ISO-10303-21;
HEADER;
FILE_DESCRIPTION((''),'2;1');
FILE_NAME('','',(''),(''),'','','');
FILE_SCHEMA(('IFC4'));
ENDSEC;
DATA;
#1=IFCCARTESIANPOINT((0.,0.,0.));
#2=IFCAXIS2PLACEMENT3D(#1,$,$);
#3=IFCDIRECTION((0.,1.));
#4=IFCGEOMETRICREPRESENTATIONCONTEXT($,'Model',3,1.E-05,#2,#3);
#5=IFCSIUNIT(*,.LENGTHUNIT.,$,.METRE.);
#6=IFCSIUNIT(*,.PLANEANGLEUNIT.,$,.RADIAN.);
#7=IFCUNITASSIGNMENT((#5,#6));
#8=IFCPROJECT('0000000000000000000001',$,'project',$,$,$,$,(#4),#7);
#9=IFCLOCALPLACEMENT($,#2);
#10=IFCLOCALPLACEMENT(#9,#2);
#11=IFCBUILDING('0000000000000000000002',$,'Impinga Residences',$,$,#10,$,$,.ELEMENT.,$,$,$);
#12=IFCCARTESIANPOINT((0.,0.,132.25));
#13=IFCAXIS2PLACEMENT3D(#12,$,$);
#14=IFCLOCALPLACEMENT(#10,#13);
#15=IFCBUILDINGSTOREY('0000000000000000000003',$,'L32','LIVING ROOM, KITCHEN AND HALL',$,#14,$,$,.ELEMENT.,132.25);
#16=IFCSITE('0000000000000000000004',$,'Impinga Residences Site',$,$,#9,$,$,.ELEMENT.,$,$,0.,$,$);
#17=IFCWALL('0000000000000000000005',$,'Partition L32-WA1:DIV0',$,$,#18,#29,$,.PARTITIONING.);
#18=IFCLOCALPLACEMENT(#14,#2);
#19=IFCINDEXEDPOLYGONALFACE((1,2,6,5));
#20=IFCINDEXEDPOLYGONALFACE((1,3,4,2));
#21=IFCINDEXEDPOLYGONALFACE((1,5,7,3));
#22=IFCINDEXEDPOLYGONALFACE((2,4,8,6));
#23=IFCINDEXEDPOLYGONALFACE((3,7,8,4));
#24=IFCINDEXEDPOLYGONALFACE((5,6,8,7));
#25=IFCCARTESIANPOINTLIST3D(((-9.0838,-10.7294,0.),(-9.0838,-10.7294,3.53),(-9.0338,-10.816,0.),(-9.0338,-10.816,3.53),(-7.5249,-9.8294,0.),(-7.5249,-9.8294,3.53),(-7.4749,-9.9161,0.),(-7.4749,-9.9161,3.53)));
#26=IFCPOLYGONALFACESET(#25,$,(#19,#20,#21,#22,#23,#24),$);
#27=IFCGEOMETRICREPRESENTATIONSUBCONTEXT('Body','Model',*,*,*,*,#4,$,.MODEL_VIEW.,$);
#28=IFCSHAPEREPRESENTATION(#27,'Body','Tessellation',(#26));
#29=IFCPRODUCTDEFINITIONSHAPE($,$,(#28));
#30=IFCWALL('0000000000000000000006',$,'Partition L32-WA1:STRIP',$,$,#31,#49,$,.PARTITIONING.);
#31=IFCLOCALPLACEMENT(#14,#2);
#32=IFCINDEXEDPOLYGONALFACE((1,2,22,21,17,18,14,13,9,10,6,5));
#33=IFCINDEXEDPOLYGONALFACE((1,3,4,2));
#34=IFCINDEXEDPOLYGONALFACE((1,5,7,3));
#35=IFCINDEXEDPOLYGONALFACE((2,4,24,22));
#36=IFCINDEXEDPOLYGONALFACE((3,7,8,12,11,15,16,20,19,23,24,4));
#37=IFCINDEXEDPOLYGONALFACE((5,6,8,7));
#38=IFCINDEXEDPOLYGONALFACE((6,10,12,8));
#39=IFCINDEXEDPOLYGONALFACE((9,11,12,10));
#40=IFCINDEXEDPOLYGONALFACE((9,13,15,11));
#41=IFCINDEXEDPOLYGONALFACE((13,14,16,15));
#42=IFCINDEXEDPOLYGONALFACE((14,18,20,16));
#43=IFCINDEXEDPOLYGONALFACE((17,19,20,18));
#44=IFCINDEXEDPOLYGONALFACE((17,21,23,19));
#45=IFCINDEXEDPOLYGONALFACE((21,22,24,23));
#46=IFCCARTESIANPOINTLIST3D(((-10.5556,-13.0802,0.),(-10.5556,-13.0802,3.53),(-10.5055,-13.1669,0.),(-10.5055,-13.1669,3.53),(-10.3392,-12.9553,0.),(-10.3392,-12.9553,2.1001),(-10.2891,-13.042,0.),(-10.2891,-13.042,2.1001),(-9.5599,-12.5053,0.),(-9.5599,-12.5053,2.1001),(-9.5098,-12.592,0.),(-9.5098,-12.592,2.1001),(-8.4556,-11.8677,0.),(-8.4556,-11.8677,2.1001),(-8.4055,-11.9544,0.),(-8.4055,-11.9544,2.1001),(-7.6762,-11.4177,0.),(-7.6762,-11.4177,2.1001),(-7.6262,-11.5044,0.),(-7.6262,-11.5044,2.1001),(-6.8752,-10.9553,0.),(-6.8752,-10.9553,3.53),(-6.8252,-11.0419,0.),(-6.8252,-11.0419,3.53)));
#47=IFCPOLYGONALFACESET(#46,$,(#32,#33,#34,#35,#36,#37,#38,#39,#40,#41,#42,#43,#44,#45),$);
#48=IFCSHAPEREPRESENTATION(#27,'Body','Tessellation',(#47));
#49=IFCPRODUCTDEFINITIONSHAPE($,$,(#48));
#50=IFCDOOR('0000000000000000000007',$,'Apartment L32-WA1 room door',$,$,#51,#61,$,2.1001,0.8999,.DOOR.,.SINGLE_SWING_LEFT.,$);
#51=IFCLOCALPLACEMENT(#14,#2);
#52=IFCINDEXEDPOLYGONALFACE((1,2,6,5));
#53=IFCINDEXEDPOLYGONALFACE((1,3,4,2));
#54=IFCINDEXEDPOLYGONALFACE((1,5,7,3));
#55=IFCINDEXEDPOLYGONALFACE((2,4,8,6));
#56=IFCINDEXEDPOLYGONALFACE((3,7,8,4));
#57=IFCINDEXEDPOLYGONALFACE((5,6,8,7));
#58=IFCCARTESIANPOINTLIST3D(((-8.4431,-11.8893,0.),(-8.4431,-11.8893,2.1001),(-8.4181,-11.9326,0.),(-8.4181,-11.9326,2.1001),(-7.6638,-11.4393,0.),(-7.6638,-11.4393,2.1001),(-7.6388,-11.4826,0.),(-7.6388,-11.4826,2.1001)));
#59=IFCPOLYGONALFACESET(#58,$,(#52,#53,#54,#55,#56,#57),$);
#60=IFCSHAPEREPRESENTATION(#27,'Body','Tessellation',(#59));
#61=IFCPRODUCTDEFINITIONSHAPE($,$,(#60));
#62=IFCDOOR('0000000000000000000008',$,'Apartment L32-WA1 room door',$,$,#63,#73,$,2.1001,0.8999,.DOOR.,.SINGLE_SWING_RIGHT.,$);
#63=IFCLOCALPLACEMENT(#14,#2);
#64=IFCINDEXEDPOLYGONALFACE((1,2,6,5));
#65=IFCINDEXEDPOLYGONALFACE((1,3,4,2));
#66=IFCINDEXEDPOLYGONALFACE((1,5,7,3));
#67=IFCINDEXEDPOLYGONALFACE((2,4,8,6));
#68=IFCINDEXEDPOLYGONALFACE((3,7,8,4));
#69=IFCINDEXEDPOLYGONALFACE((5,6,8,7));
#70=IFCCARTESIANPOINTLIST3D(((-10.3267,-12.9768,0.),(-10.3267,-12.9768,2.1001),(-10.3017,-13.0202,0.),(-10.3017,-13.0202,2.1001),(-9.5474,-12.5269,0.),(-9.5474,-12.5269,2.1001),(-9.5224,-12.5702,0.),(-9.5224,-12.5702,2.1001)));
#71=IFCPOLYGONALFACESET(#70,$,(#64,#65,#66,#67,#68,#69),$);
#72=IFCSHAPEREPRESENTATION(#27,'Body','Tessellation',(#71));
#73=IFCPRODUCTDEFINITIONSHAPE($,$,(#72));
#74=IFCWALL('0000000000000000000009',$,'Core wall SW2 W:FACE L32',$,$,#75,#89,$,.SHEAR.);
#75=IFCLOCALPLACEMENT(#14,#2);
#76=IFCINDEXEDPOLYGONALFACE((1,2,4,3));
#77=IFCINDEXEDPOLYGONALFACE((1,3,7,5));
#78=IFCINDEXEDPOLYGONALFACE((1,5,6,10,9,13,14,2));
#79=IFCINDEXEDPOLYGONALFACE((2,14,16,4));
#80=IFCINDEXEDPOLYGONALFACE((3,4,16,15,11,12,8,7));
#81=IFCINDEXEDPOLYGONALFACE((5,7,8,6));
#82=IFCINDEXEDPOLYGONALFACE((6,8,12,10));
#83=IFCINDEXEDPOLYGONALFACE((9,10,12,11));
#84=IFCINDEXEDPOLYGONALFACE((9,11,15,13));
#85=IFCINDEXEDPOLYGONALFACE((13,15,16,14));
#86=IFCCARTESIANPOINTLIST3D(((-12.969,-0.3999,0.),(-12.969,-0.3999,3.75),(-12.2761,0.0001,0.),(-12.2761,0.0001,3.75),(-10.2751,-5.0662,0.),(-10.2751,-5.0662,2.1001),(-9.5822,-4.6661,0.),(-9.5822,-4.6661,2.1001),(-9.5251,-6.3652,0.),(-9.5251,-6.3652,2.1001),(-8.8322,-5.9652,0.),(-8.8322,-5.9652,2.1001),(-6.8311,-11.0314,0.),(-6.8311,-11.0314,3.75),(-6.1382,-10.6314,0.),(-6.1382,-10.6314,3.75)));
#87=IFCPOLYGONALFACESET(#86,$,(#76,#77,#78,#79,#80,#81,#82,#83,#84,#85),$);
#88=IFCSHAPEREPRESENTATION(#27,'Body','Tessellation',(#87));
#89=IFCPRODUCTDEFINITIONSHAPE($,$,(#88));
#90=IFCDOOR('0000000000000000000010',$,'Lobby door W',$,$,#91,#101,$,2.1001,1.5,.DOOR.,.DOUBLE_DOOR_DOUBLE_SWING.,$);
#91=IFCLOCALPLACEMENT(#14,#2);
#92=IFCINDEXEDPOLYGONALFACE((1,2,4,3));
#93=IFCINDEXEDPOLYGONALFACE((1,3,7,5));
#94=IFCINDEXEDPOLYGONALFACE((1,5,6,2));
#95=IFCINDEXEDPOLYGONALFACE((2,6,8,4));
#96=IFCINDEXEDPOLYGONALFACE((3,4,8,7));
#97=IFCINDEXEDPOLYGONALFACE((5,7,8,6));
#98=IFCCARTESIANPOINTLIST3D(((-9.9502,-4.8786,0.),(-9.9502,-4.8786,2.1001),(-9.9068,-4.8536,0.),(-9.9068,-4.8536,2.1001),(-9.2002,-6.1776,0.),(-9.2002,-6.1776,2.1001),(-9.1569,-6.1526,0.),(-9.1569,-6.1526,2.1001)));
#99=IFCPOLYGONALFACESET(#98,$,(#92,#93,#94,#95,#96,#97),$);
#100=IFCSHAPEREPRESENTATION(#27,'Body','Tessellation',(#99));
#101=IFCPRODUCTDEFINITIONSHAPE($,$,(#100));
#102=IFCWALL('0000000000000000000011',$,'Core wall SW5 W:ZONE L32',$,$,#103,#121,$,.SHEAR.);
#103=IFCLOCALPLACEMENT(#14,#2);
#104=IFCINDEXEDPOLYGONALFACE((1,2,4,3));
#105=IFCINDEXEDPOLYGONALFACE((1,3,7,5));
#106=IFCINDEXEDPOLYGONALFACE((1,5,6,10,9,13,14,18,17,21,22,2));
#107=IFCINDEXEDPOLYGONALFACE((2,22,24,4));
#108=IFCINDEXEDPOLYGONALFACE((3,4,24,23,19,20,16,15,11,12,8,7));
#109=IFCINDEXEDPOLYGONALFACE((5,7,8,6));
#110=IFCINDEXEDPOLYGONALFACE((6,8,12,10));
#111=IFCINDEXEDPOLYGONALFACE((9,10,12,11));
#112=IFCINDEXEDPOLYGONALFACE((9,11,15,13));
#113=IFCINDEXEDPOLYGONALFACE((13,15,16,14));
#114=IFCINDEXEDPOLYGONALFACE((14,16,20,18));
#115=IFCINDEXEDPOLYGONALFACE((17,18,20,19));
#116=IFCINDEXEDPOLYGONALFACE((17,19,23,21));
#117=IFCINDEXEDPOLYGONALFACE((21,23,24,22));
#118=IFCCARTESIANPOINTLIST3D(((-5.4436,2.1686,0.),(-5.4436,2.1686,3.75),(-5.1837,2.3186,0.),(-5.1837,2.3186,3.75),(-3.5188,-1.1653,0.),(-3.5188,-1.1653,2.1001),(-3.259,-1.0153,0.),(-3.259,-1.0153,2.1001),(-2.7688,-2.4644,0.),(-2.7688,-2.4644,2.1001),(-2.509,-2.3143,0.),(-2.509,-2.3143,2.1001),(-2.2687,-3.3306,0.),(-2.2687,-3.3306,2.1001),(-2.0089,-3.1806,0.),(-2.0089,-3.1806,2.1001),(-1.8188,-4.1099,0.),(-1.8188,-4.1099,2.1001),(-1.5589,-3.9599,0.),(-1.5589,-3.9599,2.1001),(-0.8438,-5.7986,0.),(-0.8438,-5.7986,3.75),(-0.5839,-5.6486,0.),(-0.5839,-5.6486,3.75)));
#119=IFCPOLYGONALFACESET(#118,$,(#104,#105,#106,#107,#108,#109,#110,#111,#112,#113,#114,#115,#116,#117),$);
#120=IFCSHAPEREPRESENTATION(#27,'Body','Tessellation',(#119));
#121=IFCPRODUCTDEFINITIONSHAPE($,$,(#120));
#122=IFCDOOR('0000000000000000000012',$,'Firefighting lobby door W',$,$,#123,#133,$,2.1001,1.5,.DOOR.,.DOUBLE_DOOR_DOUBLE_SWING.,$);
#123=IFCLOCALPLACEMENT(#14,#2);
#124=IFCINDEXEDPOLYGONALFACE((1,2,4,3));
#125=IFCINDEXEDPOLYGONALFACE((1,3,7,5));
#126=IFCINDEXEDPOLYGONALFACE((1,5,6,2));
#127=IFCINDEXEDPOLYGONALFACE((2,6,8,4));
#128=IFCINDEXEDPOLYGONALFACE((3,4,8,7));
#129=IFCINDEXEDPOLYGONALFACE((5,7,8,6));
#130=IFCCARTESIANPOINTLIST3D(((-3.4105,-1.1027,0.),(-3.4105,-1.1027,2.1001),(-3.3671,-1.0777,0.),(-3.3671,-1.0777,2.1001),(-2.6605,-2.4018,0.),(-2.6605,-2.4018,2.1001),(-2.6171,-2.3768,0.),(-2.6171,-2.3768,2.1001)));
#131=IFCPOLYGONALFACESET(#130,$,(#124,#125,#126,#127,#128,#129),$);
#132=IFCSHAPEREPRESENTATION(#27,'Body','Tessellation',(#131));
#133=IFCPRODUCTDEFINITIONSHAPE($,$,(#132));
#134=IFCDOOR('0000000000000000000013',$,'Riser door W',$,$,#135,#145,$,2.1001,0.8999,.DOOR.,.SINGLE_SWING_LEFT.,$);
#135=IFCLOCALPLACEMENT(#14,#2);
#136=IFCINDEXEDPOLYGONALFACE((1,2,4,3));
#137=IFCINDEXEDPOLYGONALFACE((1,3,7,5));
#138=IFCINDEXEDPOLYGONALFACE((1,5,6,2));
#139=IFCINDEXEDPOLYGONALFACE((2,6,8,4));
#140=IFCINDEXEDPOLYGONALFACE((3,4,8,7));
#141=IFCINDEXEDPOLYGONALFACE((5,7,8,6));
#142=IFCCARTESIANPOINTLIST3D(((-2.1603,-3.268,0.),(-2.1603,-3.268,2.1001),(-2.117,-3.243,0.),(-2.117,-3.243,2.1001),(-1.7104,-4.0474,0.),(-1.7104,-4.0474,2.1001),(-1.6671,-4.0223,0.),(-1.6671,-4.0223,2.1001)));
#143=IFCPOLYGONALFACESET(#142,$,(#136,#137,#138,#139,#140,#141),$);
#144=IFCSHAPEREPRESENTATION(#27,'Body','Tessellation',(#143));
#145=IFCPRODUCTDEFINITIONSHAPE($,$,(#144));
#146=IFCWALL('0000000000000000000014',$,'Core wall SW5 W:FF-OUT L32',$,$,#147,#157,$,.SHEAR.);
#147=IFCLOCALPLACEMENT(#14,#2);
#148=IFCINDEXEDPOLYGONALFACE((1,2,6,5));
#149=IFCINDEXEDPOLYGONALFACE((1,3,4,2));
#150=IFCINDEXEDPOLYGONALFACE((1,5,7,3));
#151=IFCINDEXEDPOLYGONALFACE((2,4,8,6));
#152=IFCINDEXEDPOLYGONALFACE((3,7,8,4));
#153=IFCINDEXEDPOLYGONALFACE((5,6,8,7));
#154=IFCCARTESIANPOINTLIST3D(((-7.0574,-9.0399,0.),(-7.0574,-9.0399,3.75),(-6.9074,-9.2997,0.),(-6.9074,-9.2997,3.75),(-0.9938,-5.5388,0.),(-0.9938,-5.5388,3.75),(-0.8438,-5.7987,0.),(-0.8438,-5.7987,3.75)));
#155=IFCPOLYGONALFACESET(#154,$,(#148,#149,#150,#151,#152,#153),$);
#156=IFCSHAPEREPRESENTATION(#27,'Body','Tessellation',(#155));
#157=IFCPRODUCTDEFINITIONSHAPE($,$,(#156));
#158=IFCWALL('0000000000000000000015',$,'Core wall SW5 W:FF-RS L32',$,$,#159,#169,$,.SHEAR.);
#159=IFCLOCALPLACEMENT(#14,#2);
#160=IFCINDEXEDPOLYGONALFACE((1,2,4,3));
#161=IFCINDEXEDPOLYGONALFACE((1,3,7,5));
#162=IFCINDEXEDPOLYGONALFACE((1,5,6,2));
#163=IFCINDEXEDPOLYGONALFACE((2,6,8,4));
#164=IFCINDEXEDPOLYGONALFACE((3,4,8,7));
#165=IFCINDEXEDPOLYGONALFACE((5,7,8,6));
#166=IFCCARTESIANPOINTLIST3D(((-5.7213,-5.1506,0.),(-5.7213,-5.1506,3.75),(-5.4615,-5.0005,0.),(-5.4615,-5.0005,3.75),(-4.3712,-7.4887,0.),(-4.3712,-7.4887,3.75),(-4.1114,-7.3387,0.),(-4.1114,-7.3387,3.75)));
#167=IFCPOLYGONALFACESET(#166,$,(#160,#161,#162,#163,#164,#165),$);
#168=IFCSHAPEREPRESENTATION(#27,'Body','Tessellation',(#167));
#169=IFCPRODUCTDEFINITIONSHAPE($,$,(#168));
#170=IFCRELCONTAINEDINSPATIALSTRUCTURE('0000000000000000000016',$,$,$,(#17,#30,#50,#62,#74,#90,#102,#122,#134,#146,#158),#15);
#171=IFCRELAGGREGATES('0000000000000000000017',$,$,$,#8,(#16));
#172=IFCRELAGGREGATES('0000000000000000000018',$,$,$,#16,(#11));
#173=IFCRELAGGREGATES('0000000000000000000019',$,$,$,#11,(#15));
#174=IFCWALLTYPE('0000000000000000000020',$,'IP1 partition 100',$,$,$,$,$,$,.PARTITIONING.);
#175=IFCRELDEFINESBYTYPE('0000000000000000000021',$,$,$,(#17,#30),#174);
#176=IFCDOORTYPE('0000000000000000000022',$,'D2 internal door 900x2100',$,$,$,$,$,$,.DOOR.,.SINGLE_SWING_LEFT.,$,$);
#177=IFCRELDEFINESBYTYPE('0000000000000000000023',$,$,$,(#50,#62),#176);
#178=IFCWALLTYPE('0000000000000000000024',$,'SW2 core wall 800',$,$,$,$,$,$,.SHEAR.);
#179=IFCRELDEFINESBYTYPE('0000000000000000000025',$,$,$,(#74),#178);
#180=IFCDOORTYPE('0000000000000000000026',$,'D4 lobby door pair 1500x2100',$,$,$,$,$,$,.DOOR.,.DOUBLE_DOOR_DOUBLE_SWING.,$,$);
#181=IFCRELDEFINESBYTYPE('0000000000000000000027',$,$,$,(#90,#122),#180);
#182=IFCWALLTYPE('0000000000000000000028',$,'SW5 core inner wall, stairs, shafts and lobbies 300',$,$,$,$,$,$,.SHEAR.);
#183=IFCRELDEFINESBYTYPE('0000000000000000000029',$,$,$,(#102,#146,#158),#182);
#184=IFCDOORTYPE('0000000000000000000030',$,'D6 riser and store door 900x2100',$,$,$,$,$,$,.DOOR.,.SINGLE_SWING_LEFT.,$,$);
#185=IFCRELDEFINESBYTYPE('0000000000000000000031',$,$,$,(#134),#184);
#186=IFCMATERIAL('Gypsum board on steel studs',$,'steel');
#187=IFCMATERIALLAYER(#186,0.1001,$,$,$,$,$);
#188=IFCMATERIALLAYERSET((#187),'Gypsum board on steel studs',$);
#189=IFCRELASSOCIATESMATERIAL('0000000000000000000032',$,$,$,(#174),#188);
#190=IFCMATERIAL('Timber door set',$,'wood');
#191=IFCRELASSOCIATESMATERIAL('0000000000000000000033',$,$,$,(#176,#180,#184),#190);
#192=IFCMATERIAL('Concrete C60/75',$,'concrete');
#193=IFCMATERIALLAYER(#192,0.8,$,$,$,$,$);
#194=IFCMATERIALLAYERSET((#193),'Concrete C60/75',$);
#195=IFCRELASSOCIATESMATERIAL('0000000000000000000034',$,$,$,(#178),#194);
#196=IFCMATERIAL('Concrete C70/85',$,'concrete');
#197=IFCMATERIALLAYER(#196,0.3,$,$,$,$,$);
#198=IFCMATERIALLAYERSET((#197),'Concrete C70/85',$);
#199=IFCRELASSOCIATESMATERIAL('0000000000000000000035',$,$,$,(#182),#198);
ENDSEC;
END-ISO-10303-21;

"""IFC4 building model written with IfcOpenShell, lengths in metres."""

from ifc_helpers import new_model, si_unit, direction, frame, frame_2d, origin, place, context, subcontext, project, spatial, rectangle, extrude, material, layer, layer_set, type_object, element, fill, save


model = new_model("IFC4")

# Units and contexts
model_context = context("Model", 3, precision=1e-05, world=origin(), true_north=direction((0.0, 1.0)))
body_context = subcontext(model_context, "Body", "Model", "MODEL_VIEW")
ifc_project = project(units=[si_unit("LENGTHUNIT", "METRE"), si_unit("PLANEANGLEUNIT", "RADIAN")], contexts=[model_context])

# Site, building, storey
site_placement = place(None, origin())
site = spatial("IfcSite", under=ifc_project, at=site_placement, Name="Impinga Residences Site", CompositionType="ELEMENT", RefElevation=0.0)
building_placement = place(site_placement, origin())
building = spatial("IfcBuilding", under=site, at=building_placement, Name="Impinga Residences", CompositionType="ELEMENT")
storey_placement = place(building_placement, frame((0.0, 0.0, 132.25)))
storey = spatial("IfcBuildingStorey", under=building, at=storey_placement, Name="L32", Description="LIVING ROOM, KITCHEN AND HALL", CompositionType="ELEMENT", Elevation=132.25)

# Shared definitions
ifc_material_1 = material(Name="Concrete C60/75", Category="concrete")

# Wall
ifc_material_2 = material(Name="Gypsum board on steel studs", Category="steel")
ifc_layer_1 = layer(ifc_material_2, 0.1001)
ifc_layer_set_1 = layer_set([ifc_layer_1], Name="Gypsum board on steel studs")
wall_type_1 = type_object("IfcWallType", Name="IP1 partition 100", PredefinedType="PARTITIONING", material=ifc_layer_set_1)
wall_1_placement = place(storey_placement, frame((-7.5, -9.8728, 0.0), z_axis=(0.0, 0.0, 1.0), x_axis=(-0.866048, -0.499961, 0.0)))
element("IfcWall", 1, at=wall_1_placement, inside=storey, type_object=wall_type_1, Name="Partition L32-WA1:DIV0", PredefinedType="PARTITIONING", context=body_context, shape_type="SweptSolid", body=[
    extrude(rectangle(XDim=1.8, YDim=0.1001, at=frame_2d((0.8999, 0.0))), origin(), (0.0, 0.0, 1.0), 3.53),
])

# Wall, openings, doors
wall_2_placement = place(storey_placement, frame((-6.8501, -10.9985, 0.0), z_axis=(0.0, 0.0, 1.0), x_axis=(-0.866014, -0.500019, 0.0)))
wall_2 = element("IfcWall", 2, at=wall_2_placement, inside=storey, type_object=wall_type_1, Name="Partition L32-WA1:STRIP", PredefinedType="PARTITIONING", context=body_context, shape_type="SweptSolid", body=[
    extrude(rectangle(XDim=4.2498, YDim=0.1001, at=frame_2d((2.125, 0.0))), origin(), (0.0, 0.0, 1.0), 3.53),
])
opening_1_placement = place(wall_2_placement, frame((0.925, 0.0, 0.0)))
opening_1 = element("IfcOpeningElement", 3, at=opening_1_placement, cuts=wall_2, PredefinedType="OPENING", context=body_context, shape_type="SweptSolid", body=[
    extrude(rectangle(XDim=0.8999, YDim=2.1001, at=frame_2d((0.45, 1.05))), frame((0.0, 0.0601, 0.0), z_axis=(0.0, -1.0, 0.0), x_axis=(1.0, 0.0, 0.0)), (0.0, 0.0, 1.0), 0.1201),
])
opening_2_placement = place(wall_2_placement, frame((3.1001, 0.0, 0.0)))
opening_2 = element("IfcOpeningElement", 4, at=opening_2_placement, cuts=wall_2, PredefinedType="OPENING", context=body_context, shape_type="SweptSolid", body=[
    extrude(rectangle(XDim=0.8999, YDim=2.1001, at=frame_2d((0.45, 1.05))), frame((0.0, 0.0601, 0.0), z_axis=(0.0, -1.0, 0.0), x_axis=(1.0, 0.0, 0.0)), (0.0, 0.0, 1.0), 0.1201),
])
ifc_material_3 = material(Name="Timber door set", Category="wood")
door_type_1 = type_object("IfcDoorType", Name="D2 internal door 900x2100", OperationType="SINGLE_SWING_LEFT", PredefinedType="DOOR", material=ifc_material_3)
door_1_placement = place(opening_1_placement, origin())
door_1 = element("IfcDoor", 5, at=door_1_placement, inside=storey, type_object=door_type_1, Name="Apartment L32-WA1 room door", OperationType="SINGLE_SWING_LEFT", OverallHeight=2.1001, OverallWidth=0.8999, PredefinedType="DOOR", context=body_context, shape_type="SweptSolid", body=[
    extrude(rectangle(XDim=0.8999, YDim=2.1001, at=frame_2d((0.45, 1.05))), frame((0.0, 0.0249, 0.0), z_axis=(0.0, -1.0, 0.0), x_axis=(1.0, 0.0, 0.0)), (0.0, 0.0, 1.0), 0.05),
])
fill(opening_1, door_1)
door_2_placement = place(opening_2_placement, origin())
door_2 = element("IfcDoor", 6, at=door_2_placement, inside=storey, type_object=door_type_1, Name="Apartment L32-WA1 room door", OperationType="SINGLE_SWING_RIGHT", OverallHeight=2.1001, OverallWidth=0.8999, PredefinedType="DOOR", context=body_context, shape_type="SweptSolid", body=[
    extrude(rectangle(XDim=0.8999, YDim=2.1001, at=frame_2d((0.45, 1.05))), frame((0.0, 0.0249, 0.0), z_axis=(0.0, -1.0, 0.0), x_axis=(1.0, 0.0, 0.0)), (0.0, 0.0, 1.0), 0.05),
])
fill(opening_2, door_2)

# Wall, opening, door
ifc_layer_2 = layer(ifc_material_1, 0.8)
ifc_layer_set_2 = layer_set([ifc_layer_2], Name="Concrete C60/75")
wall_type_2 = type_object("IfcWallType", Name="SW2 core wall 800", PredefinedType="SHEAR", material=ifc_layer_set_2)
wall_3_placement = place(storey_placement, frame((-6.4846, -10.8315, 0.0), z_axis=(0.0, 0.0, 1.0), x_axis=(-0.499987, 0.866033, 0.0)))
wall_3 = element("IfcWall", 7, at=wall_3_placement, inside=storey, type_object=wall_type_2, Name="Core wall SW2 W:FACE L32", PredefinedType="SHEAR", context=body_context, shape_type="SweptSolid", body=[
    extrude(rectangle(XDim=12.2761, YDim=0.8, at=frame_2d((6.1382, 0.0))), origin(), (0.0, 0.0, 1.0), 3.75),
])
opening_3_placement = place(wall_3_placement, frame((5.3882, 0.0, 0.0)))
opening_3 = element("IfcOpeningElement", 8, at=opening_3_placement, cuts=wall_3, PredefinedType="OPENING", context=body_context, shape_type="SweptSolid", body=[
    extrude(rectangle(XDim=1.5, YDim=2.1001, at=frame_2d((0.75, 1.05))), frame((0.0, 0.4099, 0.0), z_axis=(0.0, -1.0, 0.0), x_axis=(1.0, 0.0, 0.0)), (0.0, 0.0, 1.0), 0.8201),
])
door_type_2 = type_object("IfcDoorType", Name="D4 lobby door pair 1500x2100", OperationType="DOUBLE_DOOR_DOUBLE_SWING", PredefinedType="DOOR", material=ifc_material_3)
door_3_placement = place(opening_3_placement, origin())
door_3 = element("IfcDoor", 9, at=door_3_placement, inside=storey, type_object=door_type_2, Name="Lobby door W", OperationType="DOUBLE_DOOR_DOUBLE_SWING", OverallHeight=2.1001, OverallWidth=1.5, PredefinedType="DOOR", context=body_context, shape_type="SweptSolid", body=[
    extrude(rectangle(XDim=1.5, YDim=2.1001, at=frame_2d((0.75, 1.05))), frame((0.0, 0.0249, 0.0), z_axis=(0.0, -1.0, 0.0), x_axis=(1.0, 0.0, 0.0)), (0.0, 0.0, 1.0), 0.05),
])
fill(opening_3, door_3)

# Wall, openings, doors
ifc_material_4 = material(Name="Concrete C70/85", Category="concrete")
ifc_layer_3 = layer(ifc_material_4, 0.3)
ifc_layer_set_3 = layer_set([ifc_layer_3], Name="Concrete C70/85")
wall_type_3 = type_object("IfcWallType", Name="SW5 core inner wall, stairs, shafts and lobbies 300", PredefinedType="SHEAR", material=ifc_layer_set_3)
wall_4_placement = place(storey_placement, frame((-0.7139, -5.7236, 0.0), z_axis=(0.0, 0.0, 1.0), x_axis=(-0.499995, 0.866028, 0.0)))
wall_4 = element("IfcWall", 10, at=wall_4_placement, inside=storey, type_object=wall_type_3, Name="Core wall SW5 W:ZONE L32", PredefinedType="SHEAR", context=body_context, shape_type="SweptSolid", body=[
    extrude(rectangle(XDim=9.1997, YDim=0.3, at=frame_2d((4.5999, 0.0))), origin(), (0.0, 0.0, 1.0), 3.75),
])
opening_4_placement = place(wall_4_placement, frame((3.8501, 0.0, 0.0)))
opening_4 = element("IfcOpeningElement", 11, at=opening_4_placement, cuts=wall_4, PredefinedType="OPENING", context=body_context, shape_type="SweptSolid", body=[
    extrude(rectangle(XDim=1.5, YDim=2.1001, at=frame_2d((0.75, 1.05))), frame((0.0, 0.1599, 0.0), z_axis=(0.0, -1.0, 0.0), x_axis=(1.0, 0.0, 0.0)), (0.0, 0.0, 1.0), 0.3201),
])
opening_5_placement = place(wall_4_placement, frame((1.95, 0.0, 0.0)))
opening_5 = element("IfcOpeningElement", 12, at=opening_5_placement, cuts=wall_4, PredefinedType="OPENING", context=body_context, shape_type="SweptSolid", body=[
    extrude(rectangle(XDim=0.8999, YDim=2.1001, at=frame_2d((0.45, 1.05))), frame((0.0, 0.1599, 0.0), z_axis=(0.0, -1.0, 0.0), x_axis=(1.0, 0.0, 0.0)), (0.0, 0.0, 1.0), 0.3201),
])
door_4_placement = place(opening_4_placement, origin())
door_4 = element("IfcDoor", 13, at=door_4_placement, inside=storey, type_object=door_type_2, Name="Firefighting lobby door W", OperationType="DOUBLE_DOOR_DOUBLE_SWING", OverallHeight=2.1001, OverallWidth=1.5, PredefinedType="DOOR", context=body_context, shape_type="SweptSolid", body=[
    extrude(rectangle(XDim=1.5, YDim=2.1001, at=frame_2d((0.75, 1.05))), frame((0.0, 0.0249, 0.0), z_axis=(0.0, -1.0, 0.0), x_axis=(1.0, 0.0, 0.0)), (0.0, 0.0, 1.0), 0.05),
])
fill(opening_4, door_4)
door_type_3 = type_object("IfcDoorType", Name="D6 riser and store door 900x2100", OperationType="SINGLE_SWING_LEFT", PredefinedType="DOOR", material=ifc_material_3)
door_5_placement = place(opening_5_placement, origin())
door_5 = element("IfcDoor", 14, at=door_5_placement, inside=storey, type_object=door_type_3, Name="Riser door W", OperationType="SINGLE_SWING_LEFT", OverallHeight=2.1001, OverallWidth=0.8999, PredefinedType="DOOR", context=body_context, shape_type="SweptSolid", body=[
    extrude(rectangle(XDim=0.8999, YDim=2.1001, at=frame_2d((0.45, 1.05))), frame((0.0, 0.0249, 0.0), z_axis=(0.0, -1.0, 0.0), x_axis=(1.0, 0.0, 0.0)), (0.0, 0.0, 1.0), 0.05),
])
fill(opening_5, door_5)

# Walls
wall_5_placement = place(storey_placement, frame((-0.9187, -5.6687, 0.0), z_axis=(0.0, 0.0, 1.0), x_axis=(-0.866011, -0.500024, 0.0)))
element("IfcWall", 15, at=wall_5_placement, inside=storey, type_object=wall_type_3, Name="Core wall SW5 W:FF-OUT L32", PredefinedType="SHEAR", context=body_context, shape_type="SweptSolid", body=[
    extrude(rectangle(XDim=7.0017, YDim=0.3, at=frame_2d((3.501, 0.0))), origin(), (0.0, 0.0, 1.0), 3.75),
])
wall_6_placement = place(storey_placement, frame((-4.2412, -7.4138, 0.0), z_axis=(0.0, 0.0, 1.0), x_axis=(-0.500049, 0.865997, 0.0)))
element("IfcWall", 16, at=wall_6_placement, inside=storey, type_object=wall_type_3, Name="Core wall SW5 W:FF-RS L32", PredefinedType="SHEAR", context=body_context, shape_type="SweptSolid", body=[
    extrude(rectangle(XDim=2.7, YDim=0.3, at=frame_2d((1.3501, 0.0))), origin(), (0.0, 0.0, 1.0), 3.75),
])

save(model, "model.ifc")
